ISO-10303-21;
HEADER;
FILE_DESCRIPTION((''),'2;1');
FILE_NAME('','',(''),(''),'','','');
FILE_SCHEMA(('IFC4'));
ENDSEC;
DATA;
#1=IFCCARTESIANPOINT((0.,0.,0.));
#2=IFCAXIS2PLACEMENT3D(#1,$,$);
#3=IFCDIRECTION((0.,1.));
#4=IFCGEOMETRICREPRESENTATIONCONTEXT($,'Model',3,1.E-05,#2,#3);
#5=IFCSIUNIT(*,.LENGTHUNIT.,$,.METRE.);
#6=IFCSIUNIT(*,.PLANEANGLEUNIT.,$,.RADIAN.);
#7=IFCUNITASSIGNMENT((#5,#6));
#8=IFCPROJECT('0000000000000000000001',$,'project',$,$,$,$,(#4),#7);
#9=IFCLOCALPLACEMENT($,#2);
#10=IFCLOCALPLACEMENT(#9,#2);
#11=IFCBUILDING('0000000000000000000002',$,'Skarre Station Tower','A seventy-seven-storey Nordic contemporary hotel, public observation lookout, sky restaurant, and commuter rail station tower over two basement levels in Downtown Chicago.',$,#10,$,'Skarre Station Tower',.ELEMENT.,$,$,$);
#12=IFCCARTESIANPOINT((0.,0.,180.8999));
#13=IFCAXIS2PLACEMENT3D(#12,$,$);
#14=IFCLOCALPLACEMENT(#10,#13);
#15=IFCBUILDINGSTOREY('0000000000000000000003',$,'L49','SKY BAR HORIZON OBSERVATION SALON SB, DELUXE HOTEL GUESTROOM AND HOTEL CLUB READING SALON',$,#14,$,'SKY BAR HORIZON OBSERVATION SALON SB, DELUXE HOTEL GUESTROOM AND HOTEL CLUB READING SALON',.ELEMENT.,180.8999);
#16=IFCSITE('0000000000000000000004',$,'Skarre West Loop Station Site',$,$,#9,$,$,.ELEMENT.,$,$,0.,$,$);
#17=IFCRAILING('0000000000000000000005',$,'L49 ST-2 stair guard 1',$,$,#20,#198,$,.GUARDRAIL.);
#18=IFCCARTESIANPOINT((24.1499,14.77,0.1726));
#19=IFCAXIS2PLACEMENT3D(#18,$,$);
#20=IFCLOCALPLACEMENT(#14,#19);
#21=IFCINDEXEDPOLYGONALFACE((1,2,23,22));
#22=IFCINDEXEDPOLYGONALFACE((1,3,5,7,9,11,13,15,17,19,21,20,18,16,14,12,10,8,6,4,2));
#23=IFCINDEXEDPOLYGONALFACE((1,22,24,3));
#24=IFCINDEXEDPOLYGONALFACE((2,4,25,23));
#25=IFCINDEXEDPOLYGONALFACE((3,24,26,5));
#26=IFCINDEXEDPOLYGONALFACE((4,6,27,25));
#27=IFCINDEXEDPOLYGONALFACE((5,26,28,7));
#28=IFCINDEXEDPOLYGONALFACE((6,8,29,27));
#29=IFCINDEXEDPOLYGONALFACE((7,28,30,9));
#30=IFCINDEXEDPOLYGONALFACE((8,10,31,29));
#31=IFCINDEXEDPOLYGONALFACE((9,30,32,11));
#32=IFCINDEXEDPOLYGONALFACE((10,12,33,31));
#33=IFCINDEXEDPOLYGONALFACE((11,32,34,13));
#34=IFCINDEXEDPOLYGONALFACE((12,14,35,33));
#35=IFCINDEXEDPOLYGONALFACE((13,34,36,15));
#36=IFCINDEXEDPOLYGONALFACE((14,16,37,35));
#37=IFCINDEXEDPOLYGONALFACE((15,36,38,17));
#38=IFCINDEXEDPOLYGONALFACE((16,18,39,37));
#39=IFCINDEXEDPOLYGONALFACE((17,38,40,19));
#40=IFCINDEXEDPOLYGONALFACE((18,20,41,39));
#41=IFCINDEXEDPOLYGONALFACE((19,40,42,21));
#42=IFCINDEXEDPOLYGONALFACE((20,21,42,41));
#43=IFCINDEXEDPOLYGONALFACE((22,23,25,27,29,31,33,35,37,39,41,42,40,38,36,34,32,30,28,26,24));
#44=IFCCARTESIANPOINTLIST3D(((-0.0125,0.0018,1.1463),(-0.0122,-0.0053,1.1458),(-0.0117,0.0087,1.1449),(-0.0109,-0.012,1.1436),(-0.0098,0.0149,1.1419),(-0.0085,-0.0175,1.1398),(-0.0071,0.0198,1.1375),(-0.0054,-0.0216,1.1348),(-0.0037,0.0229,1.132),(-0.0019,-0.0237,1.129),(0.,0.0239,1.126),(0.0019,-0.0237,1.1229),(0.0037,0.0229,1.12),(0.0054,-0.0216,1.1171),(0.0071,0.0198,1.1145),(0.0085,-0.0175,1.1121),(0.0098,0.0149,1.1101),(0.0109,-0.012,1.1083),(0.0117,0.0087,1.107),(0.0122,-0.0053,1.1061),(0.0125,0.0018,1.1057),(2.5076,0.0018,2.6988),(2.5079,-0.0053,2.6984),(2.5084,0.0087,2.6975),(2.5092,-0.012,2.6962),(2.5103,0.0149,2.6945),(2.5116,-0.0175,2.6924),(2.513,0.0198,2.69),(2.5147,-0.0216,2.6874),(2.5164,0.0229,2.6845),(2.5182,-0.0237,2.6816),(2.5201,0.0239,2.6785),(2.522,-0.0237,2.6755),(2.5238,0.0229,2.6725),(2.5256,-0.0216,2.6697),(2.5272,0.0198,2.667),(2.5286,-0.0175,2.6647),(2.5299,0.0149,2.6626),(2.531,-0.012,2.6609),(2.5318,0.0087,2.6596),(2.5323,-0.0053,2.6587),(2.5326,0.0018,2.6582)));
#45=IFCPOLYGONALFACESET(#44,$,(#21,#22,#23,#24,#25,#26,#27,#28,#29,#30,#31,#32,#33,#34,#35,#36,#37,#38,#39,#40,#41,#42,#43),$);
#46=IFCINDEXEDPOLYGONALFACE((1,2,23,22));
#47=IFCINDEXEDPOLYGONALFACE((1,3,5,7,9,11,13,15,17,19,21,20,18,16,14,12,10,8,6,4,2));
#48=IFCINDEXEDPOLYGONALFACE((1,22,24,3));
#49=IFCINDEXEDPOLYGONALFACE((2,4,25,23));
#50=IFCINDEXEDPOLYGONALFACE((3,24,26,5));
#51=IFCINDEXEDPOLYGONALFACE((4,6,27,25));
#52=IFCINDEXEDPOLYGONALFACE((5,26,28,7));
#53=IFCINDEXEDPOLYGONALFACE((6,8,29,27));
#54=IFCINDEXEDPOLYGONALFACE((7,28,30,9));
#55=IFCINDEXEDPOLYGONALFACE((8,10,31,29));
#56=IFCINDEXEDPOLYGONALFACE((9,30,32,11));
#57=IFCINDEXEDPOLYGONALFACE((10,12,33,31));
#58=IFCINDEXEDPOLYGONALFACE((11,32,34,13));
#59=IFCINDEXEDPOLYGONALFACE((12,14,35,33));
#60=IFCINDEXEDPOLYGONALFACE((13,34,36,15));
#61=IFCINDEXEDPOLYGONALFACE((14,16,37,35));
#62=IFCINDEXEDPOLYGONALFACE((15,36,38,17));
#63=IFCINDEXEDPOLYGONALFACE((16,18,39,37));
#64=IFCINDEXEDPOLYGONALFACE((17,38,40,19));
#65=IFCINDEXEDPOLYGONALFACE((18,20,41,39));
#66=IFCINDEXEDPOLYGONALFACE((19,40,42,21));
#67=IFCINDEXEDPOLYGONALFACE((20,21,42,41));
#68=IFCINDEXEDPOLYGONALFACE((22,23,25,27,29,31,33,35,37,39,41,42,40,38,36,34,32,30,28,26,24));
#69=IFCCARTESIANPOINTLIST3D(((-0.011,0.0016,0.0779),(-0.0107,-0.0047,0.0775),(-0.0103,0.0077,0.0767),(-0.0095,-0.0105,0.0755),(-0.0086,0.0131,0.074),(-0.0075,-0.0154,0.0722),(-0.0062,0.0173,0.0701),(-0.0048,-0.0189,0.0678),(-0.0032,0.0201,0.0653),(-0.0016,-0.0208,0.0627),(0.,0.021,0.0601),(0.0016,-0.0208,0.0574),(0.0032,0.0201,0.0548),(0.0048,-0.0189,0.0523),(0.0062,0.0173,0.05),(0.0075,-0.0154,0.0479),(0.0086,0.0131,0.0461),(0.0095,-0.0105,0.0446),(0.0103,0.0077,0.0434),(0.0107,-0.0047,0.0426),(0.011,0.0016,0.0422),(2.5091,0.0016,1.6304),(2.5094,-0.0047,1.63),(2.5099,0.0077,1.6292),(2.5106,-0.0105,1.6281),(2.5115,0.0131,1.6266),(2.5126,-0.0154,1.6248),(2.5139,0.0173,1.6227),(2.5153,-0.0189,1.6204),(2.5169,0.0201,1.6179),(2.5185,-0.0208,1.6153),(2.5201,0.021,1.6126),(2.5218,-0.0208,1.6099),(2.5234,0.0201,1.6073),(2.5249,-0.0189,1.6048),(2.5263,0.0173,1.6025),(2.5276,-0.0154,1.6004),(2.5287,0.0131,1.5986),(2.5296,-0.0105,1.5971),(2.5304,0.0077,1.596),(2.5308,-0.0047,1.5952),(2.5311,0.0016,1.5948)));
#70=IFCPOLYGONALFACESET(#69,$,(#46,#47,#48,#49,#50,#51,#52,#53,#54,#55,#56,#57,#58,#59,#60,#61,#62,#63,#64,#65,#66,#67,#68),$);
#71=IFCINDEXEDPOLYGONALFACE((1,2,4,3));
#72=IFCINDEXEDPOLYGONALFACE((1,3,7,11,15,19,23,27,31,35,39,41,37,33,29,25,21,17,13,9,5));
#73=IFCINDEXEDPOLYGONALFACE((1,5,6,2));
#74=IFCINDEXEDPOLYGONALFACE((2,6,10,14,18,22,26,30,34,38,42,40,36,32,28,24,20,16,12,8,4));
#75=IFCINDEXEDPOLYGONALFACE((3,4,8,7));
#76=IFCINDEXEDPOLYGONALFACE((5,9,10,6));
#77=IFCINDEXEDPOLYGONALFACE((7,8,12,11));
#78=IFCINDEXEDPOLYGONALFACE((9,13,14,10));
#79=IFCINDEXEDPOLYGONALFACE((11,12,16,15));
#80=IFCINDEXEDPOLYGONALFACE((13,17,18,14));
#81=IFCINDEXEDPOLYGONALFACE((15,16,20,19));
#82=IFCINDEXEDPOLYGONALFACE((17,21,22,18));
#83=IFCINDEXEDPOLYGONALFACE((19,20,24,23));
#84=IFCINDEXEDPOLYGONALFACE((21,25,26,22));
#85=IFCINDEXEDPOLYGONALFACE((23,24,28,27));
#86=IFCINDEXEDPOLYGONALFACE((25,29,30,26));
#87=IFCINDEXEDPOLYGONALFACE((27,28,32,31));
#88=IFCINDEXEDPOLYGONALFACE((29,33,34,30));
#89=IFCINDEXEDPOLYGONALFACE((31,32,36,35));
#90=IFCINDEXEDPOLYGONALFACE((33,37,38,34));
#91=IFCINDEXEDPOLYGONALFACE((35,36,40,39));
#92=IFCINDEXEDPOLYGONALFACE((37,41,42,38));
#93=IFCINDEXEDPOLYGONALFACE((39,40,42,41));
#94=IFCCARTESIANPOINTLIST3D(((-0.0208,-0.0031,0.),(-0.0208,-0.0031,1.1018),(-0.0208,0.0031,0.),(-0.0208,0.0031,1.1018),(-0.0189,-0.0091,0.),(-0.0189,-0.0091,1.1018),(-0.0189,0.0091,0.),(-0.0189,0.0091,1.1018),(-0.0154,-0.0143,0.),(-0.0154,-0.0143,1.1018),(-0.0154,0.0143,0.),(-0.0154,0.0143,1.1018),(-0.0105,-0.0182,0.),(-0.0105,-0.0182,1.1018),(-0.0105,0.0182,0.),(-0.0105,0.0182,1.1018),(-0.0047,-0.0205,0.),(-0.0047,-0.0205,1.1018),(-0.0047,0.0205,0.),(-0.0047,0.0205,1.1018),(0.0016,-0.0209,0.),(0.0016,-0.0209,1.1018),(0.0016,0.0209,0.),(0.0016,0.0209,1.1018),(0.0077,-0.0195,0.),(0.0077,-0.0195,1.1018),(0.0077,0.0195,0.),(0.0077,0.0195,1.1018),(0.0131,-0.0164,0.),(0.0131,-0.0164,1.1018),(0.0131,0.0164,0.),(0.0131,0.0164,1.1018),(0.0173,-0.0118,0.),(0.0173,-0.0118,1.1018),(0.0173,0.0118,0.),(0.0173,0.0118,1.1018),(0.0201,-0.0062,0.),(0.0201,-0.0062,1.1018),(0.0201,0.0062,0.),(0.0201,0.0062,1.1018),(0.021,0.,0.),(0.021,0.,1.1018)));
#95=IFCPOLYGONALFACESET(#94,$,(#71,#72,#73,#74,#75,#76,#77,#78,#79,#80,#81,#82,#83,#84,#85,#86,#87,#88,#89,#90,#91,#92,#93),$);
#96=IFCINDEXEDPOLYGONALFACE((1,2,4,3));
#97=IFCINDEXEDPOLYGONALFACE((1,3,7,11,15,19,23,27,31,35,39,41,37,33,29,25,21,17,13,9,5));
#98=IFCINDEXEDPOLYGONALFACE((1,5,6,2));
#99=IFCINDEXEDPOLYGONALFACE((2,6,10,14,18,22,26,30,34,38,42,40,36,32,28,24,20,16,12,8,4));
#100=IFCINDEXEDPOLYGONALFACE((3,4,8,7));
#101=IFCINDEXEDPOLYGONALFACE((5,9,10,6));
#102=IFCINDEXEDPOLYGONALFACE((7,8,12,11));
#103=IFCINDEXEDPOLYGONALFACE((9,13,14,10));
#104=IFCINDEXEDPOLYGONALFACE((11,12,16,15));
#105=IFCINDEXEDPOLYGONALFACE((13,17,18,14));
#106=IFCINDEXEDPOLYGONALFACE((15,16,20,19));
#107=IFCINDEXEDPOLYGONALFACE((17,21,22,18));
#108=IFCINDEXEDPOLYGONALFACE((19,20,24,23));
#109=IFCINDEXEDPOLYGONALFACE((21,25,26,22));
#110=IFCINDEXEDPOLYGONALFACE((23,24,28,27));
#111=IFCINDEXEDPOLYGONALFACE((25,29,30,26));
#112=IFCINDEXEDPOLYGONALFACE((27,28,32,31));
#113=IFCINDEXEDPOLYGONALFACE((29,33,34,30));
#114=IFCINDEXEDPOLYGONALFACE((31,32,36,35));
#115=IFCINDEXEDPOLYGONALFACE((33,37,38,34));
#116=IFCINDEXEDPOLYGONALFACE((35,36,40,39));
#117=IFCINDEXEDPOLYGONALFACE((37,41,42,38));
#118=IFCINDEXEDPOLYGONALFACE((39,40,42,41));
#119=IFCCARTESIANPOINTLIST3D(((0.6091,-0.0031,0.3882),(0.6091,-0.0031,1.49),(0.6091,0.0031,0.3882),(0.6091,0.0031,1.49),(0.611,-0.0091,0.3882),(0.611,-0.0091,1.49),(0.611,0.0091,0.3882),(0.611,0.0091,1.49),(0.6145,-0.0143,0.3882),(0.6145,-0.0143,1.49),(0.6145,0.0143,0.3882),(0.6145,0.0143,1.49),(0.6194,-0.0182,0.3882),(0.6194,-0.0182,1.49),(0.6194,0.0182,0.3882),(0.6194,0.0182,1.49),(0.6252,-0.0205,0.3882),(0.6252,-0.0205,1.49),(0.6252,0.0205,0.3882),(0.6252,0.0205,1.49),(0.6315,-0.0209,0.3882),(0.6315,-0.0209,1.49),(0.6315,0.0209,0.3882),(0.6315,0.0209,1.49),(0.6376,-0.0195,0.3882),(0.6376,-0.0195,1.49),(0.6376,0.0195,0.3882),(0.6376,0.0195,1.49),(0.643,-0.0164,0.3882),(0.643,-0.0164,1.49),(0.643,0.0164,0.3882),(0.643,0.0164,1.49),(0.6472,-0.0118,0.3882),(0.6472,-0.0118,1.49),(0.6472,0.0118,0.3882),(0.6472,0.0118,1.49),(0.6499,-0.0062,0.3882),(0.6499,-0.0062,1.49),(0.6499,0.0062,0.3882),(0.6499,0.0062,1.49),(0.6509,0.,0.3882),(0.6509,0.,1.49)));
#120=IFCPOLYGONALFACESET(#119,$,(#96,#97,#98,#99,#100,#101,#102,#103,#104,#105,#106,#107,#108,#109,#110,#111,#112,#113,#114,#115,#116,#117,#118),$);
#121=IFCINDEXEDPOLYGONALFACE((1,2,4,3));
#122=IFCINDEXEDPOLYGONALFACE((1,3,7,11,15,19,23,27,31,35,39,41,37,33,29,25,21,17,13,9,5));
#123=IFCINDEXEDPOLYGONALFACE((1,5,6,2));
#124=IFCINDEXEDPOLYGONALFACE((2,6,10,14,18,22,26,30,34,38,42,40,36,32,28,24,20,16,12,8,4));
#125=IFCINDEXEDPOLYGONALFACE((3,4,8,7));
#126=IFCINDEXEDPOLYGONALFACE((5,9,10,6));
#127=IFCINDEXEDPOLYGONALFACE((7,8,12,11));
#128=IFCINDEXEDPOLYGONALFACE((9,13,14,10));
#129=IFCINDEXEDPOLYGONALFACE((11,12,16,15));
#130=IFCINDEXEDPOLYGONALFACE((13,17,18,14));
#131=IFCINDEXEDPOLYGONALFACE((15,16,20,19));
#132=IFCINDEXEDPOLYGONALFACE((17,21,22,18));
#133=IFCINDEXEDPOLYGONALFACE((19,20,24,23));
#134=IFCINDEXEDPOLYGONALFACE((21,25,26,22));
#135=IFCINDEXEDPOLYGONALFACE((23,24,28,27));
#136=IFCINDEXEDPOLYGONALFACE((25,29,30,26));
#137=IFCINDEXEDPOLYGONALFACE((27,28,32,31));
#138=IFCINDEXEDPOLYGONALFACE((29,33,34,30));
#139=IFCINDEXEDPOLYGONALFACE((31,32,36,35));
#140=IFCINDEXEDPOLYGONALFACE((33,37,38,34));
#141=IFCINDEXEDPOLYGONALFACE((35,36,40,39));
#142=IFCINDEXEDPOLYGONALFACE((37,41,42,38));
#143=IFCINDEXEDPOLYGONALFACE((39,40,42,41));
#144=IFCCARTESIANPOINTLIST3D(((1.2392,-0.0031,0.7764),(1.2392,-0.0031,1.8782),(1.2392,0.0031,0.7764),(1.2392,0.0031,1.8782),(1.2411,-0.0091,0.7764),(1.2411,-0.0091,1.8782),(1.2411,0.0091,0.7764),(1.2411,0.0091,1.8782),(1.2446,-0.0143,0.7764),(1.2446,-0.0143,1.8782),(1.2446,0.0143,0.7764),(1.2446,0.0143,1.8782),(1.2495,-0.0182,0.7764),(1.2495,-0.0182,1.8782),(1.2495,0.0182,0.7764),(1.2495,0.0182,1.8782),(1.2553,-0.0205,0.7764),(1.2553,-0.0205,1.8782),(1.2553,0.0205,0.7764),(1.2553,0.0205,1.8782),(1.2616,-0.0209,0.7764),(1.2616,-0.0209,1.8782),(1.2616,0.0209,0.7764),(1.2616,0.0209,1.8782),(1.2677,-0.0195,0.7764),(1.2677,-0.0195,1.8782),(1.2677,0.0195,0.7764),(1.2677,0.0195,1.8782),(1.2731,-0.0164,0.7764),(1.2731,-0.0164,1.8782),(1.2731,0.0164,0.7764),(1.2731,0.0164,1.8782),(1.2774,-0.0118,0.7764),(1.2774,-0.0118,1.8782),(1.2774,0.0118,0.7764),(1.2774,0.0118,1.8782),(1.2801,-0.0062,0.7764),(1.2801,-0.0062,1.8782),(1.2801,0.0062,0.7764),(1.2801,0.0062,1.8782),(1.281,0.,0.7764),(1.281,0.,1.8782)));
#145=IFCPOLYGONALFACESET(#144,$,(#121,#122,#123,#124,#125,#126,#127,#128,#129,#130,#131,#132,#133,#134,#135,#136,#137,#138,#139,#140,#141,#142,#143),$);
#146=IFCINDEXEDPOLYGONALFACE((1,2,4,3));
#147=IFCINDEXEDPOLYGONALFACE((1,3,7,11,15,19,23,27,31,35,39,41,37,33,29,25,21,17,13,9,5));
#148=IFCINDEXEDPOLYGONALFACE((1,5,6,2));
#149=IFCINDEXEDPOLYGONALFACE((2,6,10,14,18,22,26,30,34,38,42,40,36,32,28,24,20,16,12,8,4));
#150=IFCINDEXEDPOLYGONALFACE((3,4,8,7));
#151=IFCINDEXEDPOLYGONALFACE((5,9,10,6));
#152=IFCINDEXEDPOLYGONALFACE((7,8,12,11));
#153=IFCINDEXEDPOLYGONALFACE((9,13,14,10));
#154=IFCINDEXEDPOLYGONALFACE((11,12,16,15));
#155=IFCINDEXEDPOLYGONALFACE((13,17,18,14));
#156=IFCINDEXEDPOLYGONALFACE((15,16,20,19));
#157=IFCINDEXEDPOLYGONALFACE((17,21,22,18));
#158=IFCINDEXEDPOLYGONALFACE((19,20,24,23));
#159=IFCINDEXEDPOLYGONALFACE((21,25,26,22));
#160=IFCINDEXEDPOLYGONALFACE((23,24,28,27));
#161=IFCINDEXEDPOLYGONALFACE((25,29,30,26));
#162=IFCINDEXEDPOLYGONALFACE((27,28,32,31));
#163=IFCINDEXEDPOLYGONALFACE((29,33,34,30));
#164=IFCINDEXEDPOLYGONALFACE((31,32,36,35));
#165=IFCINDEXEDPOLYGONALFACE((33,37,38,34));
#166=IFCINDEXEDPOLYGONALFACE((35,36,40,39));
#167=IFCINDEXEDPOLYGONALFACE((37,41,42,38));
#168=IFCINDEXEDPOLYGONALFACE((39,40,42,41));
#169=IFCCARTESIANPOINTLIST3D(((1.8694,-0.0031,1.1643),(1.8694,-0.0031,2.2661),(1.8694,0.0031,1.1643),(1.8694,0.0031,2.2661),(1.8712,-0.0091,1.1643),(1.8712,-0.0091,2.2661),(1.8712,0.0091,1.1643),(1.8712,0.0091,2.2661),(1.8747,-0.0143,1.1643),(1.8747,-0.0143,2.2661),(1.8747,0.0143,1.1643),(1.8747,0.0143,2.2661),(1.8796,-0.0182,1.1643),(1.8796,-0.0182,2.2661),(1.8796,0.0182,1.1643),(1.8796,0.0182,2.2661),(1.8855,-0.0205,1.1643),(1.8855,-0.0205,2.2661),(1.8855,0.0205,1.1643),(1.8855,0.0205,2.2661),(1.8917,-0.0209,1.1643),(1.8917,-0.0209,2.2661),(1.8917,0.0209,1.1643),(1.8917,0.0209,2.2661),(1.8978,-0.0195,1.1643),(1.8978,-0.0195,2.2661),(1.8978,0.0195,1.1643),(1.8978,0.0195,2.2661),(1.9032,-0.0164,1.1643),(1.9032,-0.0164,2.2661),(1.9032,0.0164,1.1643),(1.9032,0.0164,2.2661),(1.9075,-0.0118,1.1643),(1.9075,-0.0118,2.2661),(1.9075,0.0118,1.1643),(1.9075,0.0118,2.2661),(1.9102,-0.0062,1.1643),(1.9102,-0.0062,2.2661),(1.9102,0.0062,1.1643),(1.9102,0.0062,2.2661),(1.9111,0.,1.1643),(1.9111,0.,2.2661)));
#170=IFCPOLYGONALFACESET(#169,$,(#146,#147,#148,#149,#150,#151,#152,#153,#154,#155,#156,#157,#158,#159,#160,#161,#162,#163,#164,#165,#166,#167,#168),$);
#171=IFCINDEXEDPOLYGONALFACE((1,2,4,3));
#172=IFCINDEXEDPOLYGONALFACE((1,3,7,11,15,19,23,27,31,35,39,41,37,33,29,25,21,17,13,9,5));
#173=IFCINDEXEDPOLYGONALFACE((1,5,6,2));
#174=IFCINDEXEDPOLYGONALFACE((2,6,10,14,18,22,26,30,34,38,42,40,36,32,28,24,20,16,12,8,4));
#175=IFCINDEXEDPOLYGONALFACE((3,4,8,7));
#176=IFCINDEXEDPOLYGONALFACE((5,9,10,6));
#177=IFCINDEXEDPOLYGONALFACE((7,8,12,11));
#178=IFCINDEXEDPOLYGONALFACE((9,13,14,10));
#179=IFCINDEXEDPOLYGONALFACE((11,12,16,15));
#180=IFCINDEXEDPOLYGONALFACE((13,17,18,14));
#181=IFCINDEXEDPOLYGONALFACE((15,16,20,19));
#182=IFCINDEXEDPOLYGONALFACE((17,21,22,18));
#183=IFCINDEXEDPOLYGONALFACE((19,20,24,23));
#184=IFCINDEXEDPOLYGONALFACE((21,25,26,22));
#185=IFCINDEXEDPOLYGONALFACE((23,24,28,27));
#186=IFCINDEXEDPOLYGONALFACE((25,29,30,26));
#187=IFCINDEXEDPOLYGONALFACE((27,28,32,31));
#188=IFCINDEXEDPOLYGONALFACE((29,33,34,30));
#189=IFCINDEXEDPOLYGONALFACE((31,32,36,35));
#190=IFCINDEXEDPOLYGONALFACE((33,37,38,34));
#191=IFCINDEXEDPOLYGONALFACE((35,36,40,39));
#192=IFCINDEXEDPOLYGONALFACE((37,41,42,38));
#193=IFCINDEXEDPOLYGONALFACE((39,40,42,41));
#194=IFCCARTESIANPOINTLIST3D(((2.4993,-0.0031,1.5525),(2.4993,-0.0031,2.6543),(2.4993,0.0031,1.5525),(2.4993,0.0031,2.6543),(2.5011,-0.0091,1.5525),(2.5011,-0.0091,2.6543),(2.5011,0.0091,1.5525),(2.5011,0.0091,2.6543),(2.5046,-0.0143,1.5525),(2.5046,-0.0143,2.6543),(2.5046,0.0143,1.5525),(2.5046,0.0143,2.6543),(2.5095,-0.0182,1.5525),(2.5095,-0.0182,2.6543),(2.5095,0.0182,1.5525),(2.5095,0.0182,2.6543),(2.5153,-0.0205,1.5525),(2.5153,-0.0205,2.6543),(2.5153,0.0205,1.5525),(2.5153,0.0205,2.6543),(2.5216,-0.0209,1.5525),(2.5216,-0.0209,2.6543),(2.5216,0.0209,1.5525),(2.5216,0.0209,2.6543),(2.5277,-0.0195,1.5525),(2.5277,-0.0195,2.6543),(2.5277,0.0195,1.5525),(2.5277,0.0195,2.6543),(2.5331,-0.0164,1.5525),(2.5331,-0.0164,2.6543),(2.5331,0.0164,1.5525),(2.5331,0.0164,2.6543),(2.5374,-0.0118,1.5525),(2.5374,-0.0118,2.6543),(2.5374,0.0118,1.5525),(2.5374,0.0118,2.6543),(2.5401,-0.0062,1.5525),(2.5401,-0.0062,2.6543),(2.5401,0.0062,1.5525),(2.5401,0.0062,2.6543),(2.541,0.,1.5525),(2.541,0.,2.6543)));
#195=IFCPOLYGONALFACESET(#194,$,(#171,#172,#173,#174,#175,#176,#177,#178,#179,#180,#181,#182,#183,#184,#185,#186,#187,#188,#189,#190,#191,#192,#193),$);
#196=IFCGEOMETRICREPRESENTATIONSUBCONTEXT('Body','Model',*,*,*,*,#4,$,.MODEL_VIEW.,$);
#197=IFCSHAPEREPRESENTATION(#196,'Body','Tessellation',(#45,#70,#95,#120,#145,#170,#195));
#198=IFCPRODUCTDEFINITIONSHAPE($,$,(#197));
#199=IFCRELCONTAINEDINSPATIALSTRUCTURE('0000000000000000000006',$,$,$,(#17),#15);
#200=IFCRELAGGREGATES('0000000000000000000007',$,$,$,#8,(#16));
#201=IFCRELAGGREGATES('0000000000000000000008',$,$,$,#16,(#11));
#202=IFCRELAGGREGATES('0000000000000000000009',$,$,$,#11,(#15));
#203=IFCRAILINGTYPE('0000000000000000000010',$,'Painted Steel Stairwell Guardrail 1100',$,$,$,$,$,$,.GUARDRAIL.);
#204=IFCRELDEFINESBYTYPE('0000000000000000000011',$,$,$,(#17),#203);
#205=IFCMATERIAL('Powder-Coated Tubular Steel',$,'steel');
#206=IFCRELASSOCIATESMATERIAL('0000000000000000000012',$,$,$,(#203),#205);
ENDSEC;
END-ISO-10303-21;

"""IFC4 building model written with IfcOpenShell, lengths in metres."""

from ifc_helpers import new_model, si_unit, direction, frame, origin, origin_2d, place, context, subcontext, project, spatial, circle, extrude, material, type_object, element, save


model = new_model("IFC4")

# Units and contexts
model_context = context("Model", 3, precision=1e-05, world=origin(), true_north=direction((0.0, 1.0)))
body_context = subcontext(model_context, "Body", "Model", "MODEL_VIEW")
ifc_project = project(units=[si_unit("LENGTHUNIT", "METRE"), si_unit("PLANEANGLEUNIT", "RADIAN")], contexts=[model_context])

# Site, building, storey
site_placement = place(None, origin())
site = spatial("IfcSite", under=ifc_project, at=site_placement, Name="Skarre West Loop Station Site", CompositionType="ELEMENT", RefElevation=0.0)
building_placement = place(site_placement, origin())
building = spatial("IfcBuilding", under=site, at=building_placement, Name="Skarre Station Tower", Description="A seventy-seven-storey Nordic contemporary hotel, public observation lookout, sky restaurant, and commuter rail station tower over two basement levels in Downtown Chicago.", LongName="Skarre Station Tower", CompositionType="ELEMENT")
storey_placement = place(building_placement, frame((0.0, 0.0, 180.8999)))
storey = spatial("IfcBuildingStorey", under=building, at=storey_placement, Name="L49", Description="SKY BAR HORIZON OBSERVATION SALON SB, DELUXE HOTEL GUESTROOM AND HOTEL CLUB READING SALON", LongName="SKY BAR HORIZON OBSERVATION SALON SB, DELUXE HOTEL GUESTROOM AND HOTEL CLUB READING SALON", CompositionType="ELEMENT", Elevation=180.8999)

# Railing
ifc_material_1 = material(Name="Powder-Coated Tubular Steel", Category="steel")
railing_type_1 = type_object("IfcRailingType", Name="Painted Steel Stairwell Guardrail 1100", PredefinedType="GUARDRAIL", material=ifc_material_1)
railing_1_placement = place(storey_placement, frame((24.1499, 14.77, 0.1726)))
element("IfcRailing", 1, at=railing_1_placement, inside=storey, type_object=railing_type_1, Name="L49 ST-2 stair guard 1", PredefinedType="GUARDRAIL", context=body_context, shape_type="SweptSolid", body=[
    extrude(circle(Radius=0.0239, at=origin_2d()), frame((0.0, 0.0, 1.126), z_axis=(0.8514, 0.0, 0.524516), x_axis=(0.0, 1.0, 0.0)), (0.0, 0.0, 1.0), 2.96),
    extrude(circle(Radius=0.021, at=origin_2d()), frame((0.0, 0.0, 0.0601), z_axis=(0.8514, 0.0, 0.524516), x_axis=(0.0, 1.0, 0.0)), (0.0, 0.0, 1.0), 2.96),
    extrude(circle(Radius=0.021, at=origin_2d()), origin(), (0.0, 0.0, 1.0), 1.1018),
    extrude(circle(Radius=0.021, at=origin_2d()), frame((0.6299, 0.0, 0.3882)), (0.0, 0.0, 1.0), 1.1018),
    extrude(circle(Radius=0.021, at=origin_2d()), frame((1.26, 0.0, 0.7764)), (0.0, 0.0, 1.0), 1.1018),
    extrude(circle(Radius=0.021, at=origin_2d()), frame((1.8901, 0.0, 1.1643)), (0.0, 0.0, 1.0), 1.1018),
    extrude(circle(Radius=0.021, at=origin_2d()), frame((2.52, 0.0, 1.5525)), (0.0, 0.0, 1.0), 1.1018),
])

save(model, "model.ifc")
